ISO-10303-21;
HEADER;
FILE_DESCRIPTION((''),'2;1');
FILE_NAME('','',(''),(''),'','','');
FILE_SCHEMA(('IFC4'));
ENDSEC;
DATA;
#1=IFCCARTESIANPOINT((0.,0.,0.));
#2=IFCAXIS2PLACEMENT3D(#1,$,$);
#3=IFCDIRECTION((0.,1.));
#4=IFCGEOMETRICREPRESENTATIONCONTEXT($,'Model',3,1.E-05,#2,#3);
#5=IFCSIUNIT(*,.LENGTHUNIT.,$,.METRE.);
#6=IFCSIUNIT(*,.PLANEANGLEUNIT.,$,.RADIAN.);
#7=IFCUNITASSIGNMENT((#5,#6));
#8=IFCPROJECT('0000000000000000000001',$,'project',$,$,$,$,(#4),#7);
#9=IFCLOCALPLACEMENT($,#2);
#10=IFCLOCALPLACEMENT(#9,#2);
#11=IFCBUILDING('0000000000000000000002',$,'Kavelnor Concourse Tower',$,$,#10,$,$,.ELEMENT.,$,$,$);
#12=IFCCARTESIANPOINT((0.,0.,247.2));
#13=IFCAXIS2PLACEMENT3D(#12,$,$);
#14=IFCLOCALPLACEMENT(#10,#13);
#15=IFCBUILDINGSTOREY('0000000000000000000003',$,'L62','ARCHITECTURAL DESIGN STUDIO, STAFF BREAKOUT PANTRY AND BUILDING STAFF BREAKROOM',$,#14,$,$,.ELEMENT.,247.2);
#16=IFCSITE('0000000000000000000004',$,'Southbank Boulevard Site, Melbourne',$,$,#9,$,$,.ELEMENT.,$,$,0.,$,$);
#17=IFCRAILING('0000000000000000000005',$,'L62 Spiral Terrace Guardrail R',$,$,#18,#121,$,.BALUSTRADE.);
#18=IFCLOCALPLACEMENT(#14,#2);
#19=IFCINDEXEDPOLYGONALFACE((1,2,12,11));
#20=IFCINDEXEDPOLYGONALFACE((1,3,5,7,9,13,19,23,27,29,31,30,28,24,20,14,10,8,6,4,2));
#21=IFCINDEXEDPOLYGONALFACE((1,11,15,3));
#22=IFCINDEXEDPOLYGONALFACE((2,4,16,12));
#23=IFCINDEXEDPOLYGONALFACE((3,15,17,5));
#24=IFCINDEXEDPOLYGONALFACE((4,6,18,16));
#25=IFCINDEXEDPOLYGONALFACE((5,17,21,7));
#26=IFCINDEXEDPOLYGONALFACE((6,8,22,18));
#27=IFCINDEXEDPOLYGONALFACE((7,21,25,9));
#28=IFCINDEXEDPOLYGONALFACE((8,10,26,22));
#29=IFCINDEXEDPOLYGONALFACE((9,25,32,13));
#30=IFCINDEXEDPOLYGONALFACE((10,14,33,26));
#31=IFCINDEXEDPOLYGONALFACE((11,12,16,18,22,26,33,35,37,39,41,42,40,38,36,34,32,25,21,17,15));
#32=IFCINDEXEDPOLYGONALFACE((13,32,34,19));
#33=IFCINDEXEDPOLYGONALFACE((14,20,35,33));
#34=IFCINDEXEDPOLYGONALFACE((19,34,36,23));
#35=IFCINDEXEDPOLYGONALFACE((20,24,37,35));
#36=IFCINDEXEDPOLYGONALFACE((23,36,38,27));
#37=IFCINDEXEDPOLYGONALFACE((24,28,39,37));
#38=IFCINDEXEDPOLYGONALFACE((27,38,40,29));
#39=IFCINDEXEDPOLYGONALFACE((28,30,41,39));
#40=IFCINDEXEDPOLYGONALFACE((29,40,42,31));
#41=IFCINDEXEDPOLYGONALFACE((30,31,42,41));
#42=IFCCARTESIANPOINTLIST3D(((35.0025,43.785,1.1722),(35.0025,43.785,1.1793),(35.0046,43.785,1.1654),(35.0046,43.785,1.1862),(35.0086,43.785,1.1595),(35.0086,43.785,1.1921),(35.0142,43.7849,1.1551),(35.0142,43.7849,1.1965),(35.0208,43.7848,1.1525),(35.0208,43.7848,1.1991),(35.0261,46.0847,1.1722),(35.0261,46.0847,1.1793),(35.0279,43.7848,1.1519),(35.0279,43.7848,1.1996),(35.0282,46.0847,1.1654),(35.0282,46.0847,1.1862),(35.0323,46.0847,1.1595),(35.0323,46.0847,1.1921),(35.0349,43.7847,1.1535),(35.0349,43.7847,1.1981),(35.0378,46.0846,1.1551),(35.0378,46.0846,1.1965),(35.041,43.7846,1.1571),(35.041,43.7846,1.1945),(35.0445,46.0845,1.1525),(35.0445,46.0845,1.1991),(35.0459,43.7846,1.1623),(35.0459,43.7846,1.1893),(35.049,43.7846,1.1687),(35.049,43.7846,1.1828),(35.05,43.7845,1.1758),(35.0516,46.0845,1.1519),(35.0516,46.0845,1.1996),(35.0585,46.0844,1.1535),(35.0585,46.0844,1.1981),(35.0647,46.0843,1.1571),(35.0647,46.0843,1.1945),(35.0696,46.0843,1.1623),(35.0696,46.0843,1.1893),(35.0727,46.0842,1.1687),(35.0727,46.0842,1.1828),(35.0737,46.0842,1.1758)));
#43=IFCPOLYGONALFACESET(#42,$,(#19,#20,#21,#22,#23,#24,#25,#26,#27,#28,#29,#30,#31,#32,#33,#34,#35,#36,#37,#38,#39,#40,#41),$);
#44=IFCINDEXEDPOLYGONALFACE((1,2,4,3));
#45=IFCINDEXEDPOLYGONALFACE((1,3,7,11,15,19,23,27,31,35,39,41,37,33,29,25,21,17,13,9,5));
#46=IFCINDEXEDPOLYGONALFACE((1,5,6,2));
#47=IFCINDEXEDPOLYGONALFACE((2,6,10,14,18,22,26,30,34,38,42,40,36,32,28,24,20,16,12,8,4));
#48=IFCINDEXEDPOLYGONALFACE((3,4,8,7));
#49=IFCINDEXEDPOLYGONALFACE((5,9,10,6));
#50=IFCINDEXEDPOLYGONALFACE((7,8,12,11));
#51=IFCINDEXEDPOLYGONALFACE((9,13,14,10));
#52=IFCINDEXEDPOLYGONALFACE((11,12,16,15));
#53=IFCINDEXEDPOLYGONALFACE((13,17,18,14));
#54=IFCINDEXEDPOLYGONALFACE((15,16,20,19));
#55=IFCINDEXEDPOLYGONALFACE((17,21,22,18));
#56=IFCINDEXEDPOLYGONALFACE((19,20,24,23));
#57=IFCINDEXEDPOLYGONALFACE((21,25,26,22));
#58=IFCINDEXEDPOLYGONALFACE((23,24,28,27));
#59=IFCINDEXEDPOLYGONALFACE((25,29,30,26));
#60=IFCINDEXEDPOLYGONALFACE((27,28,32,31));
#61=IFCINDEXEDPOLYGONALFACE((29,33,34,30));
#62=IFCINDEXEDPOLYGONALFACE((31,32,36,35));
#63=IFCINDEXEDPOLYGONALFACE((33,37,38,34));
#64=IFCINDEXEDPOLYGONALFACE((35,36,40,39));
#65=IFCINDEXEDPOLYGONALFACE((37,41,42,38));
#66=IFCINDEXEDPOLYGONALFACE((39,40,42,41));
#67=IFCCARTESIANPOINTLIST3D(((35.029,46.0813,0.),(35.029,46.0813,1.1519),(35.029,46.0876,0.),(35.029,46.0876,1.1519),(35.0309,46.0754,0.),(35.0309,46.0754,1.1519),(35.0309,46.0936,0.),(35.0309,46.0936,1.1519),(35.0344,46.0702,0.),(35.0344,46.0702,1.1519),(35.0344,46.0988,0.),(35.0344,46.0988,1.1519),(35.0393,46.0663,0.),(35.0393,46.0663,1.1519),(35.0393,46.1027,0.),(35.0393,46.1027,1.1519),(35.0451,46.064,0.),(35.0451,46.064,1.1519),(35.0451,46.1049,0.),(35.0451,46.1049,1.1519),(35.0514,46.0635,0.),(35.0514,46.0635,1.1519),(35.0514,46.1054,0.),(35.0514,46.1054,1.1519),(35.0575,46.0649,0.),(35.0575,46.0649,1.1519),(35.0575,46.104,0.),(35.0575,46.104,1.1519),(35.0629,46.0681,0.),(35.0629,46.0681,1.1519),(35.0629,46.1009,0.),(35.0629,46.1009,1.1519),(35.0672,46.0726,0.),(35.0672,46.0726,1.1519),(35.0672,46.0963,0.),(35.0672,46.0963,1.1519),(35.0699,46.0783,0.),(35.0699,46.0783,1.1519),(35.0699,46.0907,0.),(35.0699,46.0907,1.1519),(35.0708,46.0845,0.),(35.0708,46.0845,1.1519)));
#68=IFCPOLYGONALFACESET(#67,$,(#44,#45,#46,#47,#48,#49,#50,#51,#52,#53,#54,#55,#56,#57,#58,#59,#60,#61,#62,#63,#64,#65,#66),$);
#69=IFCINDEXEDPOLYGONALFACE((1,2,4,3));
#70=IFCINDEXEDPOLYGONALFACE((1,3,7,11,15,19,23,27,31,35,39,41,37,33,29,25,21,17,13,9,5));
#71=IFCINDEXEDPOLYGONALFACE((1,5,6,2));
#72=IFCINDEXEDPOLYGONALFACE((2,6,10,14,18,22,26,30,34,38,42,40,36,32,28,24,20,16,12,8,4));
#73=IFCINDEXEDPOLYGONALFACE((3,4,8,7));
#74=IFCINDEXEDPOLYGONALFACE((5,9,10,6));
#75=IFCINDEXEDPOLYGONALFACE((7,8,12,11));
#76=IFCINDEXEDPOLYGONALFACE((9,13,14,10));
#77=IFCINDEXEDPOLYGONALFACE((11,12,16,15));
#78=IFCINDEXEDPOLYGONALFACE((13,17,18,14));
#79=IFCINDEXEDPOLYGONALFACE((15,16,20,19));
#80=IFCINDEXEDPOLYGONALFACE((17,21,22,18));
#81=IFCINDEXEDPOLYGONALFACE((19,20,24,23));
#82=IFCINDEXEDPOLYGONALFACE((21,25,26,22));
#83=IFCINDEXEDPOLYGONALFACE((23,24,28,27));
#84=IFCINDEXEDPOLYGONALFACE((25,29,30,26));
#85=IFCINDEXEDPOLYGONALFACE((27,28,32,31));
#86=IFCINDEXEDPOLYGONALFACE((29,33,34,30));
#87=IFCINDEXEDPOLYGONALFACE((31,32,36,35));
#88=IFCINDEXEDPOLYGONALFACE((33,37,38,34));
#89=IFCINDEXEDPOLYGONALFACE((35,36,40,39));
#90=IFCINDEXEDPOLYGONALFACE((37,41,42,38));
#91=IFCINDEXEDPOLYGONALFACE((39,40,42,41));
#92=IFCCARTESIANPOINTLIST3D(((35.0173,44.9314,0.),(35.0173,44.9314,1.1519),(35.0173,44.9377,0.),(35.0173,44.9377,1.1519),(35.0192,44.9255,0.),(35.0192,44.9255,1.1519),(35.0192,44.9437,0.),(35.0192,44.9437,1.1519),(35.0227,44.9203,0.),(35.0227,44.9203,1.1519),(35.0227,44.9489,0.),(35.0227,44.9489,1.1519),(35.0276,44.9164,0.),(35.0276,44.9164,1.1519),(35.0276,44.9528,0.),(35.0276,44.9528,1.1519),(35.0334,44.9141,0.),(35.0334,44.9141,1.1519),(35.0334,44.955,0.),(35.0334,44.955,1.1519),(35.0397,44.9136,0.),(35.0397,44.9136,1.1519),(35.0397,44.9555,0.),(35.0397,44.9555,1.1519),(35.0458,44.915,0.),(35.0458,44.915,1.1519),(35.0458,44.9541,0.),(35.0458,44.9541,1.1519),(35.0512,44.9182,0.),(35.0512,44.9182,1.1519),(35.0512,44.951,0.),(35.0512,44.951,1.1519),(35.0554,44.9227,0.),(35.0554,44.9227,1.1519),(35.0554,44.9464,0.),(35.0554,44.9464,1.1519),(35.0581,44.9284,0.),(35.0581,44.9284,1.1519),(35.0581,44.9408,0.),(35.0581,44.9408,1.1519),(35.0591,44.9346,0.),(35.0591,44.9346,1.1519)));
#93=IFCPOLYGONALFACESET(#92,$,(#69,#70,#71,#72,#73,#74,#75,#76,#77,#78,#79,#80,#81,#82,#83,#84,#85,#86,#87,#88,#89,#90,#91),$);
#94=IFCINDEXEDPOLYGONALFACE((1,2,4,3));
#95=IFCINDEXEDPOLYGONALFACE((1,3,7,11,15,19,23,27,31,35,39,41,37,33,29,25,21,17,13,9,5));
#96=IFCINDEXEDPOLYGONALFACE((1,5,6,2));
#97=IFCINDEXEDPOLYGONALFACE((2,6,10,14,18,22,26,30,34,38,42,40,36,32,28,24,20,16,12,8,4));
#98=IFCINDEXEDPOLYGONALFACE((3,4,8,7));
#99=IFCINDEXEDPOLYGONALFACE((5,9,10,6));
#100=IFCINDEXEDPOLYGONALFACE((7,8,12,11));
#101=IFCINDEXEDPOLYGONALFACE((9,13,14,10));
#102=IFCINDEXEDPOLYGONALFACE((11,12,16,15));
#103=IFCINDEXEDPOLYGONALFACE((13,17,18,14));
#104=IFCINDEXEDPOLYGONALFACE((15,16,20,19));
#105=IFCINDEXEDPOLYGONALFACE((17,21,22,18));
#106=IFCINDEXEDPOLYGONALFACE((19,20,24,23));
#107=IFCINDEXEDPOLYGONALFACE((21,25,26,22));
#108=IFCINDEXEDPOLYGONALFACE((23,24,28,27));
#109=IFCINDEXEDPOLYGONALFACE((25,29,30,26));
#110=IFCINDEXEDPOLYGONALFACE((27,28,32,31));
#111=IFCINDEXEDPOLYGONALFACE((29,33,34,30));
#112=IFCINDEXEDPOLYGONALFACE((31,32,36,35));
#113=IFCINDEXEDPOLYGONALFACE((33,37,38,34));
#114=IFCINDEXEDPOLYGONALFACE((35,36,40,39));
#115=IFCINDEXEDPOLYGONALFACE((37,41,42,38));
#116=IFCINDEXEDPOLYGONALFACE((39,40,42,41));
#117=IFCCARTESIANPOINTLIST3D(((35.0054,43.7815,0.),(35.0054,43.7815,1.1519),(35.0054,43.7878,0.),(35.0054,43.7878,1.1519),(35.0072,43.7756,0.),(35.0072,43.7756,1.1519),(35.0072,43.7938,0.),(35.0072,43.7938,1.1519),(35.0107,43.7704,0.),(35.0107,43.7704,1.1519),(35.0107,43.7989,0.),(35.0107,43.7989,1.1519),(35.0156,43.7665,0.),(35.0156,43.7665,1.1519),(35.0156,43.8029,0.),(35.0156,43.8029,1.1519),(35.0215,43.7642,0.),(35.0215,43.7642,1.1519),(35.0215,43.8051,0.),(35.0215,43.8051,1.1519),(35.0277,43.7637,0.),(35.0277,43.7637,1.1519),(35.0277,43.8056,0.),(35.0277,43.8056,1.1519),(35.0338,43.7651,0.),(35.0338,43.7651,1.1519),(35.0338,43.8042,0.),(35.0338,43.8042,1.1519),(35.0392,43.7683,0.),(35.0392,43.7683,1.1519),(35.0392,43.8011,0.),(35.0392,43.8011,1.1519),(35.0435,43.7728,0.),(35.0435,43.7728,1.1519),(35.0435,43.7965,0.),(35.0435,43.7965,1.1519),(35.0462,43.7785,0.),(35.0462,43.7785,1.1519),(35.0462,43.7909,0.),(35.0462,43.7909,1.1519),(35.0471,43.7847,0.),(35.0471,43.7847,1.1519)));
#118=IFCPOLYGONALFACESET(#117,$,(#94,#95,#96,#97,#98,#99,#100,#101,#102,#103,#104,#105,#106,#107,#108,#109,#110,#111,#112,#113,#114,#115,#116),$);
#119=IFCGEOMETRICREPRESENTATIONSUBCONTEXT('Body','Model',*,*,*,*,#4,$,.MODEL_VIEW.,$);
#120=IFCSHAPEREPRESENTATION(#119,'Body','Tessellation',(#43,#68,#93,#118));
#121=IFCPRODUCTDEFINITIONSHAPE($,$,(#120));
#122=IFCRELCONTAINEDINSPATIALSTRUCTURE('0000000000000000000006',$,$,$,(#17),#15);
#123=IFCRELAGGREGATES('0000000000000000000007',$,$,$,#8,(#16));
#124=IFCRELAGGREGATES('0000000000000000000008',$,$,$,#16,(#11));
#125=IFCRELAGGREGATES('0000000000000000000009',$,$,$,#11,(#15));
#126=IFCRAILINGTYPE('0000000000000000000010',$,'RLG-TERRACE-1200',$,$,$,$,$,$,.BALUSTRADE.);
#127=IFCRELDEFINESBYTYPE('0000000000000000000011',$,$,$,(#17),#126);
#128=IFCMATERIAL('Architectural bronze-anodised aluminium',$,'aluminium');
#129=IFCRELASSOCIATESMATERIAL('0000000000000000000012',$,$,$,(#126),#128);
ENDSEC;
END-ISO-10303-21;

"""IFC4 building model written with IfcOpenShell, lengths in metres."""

from ifc_helpers import new_model, si_unit, direction, frame, origin, origin_2d, place, context, subcontext, project, spatial, circle, extrude, material, type_object, element, save


model = new_model("IFC4")

# Units and contexts
model_context = context("Model", 3, precision=1e-05, world=origin(), true_north=direction((0.0, 1.0)))
body_context = subcontext(model_context, "Body", "Model", "MODEL_VIEW")
ifc_project = project(units=[si_unit("LENGTHUNIT", "METRE"), si_unit("PLANEANGLEUNIT", "RADIAN")], contexts=[model_context])

# Site, building, storey
site_placement = place(None, origin())
site = spatial("IfcSite", under=ifc_project, at=site_placement, Name="Southbank Boulevard Site, Melbourne", CompositionType="ELEMENT", RefElevation=0.0)
building_placement = place(site_placement, origin())
building = spatial("IfcBuilding", under=site, at=building_placement, Name="Kavelnor Concourse Tower", CompositionType="ELEMENT")
storey_placement = place(building_placement, frame((0.0, 0.0, 247.2)))
storey = spatial("IfcBuildingStorey", under=building, at=storey_placement, Name="L62", Description="ARCHITECTURAL DESIGN STUDIO, STAFF BREAKOUT PANTRY AND BUILDING STAFF BREAKROOM", CompositionType="ELEMENT", Elevation=247.2)

# Railing
ifc_material_1 = material(Name="Architectural bronze-anodised aluminium", Category="aluminium")
railing_type = type_object("IfcRailingType", Name="RLG-TERRACE-1200", PredefinedType="BALUSTRADE", material=ifc_material_1)
railing_placement = place(storey_placement, frame((35.0498, 46.0845, 0.0)))
element("IfcRailing", 1, at=railing_placement, inside=storey, type_object=railing_type, Name="L62 Spiral Terrace Guardrail R", PredefinedType="BALUSTRADE", context=body_context, shape_type="SweptSolid", body=[
    extrude(circle(Radius=0.0239, at=origin_2d()), frame((0.0, 0.0, 1.1758), z_axis=(-0.010297, -0.999947, 0.0), x_axis=(0.999947, -0.010297, 0.0)), (0.0, 0.0, 1.0), 2.2998),
    extrude(circle(Radius=0.021, at=origin_2d()), origin(), (0.0, 0.0, 1.0), 1.1519),
    extrude(circle(Radius=0.021, at=origin_2d()), frame((-0.0117, -1.1499, 0.0)), (0.0, 0.0, 1.0), 1.1519),
    extrude(circle(Radius=0.021, at=origin_2d()), frame((-0.0237, -2.2998, 0.0)), (0.0, 0.0, 1.0), 1.1519),
])

save(model, "model.ifc")
